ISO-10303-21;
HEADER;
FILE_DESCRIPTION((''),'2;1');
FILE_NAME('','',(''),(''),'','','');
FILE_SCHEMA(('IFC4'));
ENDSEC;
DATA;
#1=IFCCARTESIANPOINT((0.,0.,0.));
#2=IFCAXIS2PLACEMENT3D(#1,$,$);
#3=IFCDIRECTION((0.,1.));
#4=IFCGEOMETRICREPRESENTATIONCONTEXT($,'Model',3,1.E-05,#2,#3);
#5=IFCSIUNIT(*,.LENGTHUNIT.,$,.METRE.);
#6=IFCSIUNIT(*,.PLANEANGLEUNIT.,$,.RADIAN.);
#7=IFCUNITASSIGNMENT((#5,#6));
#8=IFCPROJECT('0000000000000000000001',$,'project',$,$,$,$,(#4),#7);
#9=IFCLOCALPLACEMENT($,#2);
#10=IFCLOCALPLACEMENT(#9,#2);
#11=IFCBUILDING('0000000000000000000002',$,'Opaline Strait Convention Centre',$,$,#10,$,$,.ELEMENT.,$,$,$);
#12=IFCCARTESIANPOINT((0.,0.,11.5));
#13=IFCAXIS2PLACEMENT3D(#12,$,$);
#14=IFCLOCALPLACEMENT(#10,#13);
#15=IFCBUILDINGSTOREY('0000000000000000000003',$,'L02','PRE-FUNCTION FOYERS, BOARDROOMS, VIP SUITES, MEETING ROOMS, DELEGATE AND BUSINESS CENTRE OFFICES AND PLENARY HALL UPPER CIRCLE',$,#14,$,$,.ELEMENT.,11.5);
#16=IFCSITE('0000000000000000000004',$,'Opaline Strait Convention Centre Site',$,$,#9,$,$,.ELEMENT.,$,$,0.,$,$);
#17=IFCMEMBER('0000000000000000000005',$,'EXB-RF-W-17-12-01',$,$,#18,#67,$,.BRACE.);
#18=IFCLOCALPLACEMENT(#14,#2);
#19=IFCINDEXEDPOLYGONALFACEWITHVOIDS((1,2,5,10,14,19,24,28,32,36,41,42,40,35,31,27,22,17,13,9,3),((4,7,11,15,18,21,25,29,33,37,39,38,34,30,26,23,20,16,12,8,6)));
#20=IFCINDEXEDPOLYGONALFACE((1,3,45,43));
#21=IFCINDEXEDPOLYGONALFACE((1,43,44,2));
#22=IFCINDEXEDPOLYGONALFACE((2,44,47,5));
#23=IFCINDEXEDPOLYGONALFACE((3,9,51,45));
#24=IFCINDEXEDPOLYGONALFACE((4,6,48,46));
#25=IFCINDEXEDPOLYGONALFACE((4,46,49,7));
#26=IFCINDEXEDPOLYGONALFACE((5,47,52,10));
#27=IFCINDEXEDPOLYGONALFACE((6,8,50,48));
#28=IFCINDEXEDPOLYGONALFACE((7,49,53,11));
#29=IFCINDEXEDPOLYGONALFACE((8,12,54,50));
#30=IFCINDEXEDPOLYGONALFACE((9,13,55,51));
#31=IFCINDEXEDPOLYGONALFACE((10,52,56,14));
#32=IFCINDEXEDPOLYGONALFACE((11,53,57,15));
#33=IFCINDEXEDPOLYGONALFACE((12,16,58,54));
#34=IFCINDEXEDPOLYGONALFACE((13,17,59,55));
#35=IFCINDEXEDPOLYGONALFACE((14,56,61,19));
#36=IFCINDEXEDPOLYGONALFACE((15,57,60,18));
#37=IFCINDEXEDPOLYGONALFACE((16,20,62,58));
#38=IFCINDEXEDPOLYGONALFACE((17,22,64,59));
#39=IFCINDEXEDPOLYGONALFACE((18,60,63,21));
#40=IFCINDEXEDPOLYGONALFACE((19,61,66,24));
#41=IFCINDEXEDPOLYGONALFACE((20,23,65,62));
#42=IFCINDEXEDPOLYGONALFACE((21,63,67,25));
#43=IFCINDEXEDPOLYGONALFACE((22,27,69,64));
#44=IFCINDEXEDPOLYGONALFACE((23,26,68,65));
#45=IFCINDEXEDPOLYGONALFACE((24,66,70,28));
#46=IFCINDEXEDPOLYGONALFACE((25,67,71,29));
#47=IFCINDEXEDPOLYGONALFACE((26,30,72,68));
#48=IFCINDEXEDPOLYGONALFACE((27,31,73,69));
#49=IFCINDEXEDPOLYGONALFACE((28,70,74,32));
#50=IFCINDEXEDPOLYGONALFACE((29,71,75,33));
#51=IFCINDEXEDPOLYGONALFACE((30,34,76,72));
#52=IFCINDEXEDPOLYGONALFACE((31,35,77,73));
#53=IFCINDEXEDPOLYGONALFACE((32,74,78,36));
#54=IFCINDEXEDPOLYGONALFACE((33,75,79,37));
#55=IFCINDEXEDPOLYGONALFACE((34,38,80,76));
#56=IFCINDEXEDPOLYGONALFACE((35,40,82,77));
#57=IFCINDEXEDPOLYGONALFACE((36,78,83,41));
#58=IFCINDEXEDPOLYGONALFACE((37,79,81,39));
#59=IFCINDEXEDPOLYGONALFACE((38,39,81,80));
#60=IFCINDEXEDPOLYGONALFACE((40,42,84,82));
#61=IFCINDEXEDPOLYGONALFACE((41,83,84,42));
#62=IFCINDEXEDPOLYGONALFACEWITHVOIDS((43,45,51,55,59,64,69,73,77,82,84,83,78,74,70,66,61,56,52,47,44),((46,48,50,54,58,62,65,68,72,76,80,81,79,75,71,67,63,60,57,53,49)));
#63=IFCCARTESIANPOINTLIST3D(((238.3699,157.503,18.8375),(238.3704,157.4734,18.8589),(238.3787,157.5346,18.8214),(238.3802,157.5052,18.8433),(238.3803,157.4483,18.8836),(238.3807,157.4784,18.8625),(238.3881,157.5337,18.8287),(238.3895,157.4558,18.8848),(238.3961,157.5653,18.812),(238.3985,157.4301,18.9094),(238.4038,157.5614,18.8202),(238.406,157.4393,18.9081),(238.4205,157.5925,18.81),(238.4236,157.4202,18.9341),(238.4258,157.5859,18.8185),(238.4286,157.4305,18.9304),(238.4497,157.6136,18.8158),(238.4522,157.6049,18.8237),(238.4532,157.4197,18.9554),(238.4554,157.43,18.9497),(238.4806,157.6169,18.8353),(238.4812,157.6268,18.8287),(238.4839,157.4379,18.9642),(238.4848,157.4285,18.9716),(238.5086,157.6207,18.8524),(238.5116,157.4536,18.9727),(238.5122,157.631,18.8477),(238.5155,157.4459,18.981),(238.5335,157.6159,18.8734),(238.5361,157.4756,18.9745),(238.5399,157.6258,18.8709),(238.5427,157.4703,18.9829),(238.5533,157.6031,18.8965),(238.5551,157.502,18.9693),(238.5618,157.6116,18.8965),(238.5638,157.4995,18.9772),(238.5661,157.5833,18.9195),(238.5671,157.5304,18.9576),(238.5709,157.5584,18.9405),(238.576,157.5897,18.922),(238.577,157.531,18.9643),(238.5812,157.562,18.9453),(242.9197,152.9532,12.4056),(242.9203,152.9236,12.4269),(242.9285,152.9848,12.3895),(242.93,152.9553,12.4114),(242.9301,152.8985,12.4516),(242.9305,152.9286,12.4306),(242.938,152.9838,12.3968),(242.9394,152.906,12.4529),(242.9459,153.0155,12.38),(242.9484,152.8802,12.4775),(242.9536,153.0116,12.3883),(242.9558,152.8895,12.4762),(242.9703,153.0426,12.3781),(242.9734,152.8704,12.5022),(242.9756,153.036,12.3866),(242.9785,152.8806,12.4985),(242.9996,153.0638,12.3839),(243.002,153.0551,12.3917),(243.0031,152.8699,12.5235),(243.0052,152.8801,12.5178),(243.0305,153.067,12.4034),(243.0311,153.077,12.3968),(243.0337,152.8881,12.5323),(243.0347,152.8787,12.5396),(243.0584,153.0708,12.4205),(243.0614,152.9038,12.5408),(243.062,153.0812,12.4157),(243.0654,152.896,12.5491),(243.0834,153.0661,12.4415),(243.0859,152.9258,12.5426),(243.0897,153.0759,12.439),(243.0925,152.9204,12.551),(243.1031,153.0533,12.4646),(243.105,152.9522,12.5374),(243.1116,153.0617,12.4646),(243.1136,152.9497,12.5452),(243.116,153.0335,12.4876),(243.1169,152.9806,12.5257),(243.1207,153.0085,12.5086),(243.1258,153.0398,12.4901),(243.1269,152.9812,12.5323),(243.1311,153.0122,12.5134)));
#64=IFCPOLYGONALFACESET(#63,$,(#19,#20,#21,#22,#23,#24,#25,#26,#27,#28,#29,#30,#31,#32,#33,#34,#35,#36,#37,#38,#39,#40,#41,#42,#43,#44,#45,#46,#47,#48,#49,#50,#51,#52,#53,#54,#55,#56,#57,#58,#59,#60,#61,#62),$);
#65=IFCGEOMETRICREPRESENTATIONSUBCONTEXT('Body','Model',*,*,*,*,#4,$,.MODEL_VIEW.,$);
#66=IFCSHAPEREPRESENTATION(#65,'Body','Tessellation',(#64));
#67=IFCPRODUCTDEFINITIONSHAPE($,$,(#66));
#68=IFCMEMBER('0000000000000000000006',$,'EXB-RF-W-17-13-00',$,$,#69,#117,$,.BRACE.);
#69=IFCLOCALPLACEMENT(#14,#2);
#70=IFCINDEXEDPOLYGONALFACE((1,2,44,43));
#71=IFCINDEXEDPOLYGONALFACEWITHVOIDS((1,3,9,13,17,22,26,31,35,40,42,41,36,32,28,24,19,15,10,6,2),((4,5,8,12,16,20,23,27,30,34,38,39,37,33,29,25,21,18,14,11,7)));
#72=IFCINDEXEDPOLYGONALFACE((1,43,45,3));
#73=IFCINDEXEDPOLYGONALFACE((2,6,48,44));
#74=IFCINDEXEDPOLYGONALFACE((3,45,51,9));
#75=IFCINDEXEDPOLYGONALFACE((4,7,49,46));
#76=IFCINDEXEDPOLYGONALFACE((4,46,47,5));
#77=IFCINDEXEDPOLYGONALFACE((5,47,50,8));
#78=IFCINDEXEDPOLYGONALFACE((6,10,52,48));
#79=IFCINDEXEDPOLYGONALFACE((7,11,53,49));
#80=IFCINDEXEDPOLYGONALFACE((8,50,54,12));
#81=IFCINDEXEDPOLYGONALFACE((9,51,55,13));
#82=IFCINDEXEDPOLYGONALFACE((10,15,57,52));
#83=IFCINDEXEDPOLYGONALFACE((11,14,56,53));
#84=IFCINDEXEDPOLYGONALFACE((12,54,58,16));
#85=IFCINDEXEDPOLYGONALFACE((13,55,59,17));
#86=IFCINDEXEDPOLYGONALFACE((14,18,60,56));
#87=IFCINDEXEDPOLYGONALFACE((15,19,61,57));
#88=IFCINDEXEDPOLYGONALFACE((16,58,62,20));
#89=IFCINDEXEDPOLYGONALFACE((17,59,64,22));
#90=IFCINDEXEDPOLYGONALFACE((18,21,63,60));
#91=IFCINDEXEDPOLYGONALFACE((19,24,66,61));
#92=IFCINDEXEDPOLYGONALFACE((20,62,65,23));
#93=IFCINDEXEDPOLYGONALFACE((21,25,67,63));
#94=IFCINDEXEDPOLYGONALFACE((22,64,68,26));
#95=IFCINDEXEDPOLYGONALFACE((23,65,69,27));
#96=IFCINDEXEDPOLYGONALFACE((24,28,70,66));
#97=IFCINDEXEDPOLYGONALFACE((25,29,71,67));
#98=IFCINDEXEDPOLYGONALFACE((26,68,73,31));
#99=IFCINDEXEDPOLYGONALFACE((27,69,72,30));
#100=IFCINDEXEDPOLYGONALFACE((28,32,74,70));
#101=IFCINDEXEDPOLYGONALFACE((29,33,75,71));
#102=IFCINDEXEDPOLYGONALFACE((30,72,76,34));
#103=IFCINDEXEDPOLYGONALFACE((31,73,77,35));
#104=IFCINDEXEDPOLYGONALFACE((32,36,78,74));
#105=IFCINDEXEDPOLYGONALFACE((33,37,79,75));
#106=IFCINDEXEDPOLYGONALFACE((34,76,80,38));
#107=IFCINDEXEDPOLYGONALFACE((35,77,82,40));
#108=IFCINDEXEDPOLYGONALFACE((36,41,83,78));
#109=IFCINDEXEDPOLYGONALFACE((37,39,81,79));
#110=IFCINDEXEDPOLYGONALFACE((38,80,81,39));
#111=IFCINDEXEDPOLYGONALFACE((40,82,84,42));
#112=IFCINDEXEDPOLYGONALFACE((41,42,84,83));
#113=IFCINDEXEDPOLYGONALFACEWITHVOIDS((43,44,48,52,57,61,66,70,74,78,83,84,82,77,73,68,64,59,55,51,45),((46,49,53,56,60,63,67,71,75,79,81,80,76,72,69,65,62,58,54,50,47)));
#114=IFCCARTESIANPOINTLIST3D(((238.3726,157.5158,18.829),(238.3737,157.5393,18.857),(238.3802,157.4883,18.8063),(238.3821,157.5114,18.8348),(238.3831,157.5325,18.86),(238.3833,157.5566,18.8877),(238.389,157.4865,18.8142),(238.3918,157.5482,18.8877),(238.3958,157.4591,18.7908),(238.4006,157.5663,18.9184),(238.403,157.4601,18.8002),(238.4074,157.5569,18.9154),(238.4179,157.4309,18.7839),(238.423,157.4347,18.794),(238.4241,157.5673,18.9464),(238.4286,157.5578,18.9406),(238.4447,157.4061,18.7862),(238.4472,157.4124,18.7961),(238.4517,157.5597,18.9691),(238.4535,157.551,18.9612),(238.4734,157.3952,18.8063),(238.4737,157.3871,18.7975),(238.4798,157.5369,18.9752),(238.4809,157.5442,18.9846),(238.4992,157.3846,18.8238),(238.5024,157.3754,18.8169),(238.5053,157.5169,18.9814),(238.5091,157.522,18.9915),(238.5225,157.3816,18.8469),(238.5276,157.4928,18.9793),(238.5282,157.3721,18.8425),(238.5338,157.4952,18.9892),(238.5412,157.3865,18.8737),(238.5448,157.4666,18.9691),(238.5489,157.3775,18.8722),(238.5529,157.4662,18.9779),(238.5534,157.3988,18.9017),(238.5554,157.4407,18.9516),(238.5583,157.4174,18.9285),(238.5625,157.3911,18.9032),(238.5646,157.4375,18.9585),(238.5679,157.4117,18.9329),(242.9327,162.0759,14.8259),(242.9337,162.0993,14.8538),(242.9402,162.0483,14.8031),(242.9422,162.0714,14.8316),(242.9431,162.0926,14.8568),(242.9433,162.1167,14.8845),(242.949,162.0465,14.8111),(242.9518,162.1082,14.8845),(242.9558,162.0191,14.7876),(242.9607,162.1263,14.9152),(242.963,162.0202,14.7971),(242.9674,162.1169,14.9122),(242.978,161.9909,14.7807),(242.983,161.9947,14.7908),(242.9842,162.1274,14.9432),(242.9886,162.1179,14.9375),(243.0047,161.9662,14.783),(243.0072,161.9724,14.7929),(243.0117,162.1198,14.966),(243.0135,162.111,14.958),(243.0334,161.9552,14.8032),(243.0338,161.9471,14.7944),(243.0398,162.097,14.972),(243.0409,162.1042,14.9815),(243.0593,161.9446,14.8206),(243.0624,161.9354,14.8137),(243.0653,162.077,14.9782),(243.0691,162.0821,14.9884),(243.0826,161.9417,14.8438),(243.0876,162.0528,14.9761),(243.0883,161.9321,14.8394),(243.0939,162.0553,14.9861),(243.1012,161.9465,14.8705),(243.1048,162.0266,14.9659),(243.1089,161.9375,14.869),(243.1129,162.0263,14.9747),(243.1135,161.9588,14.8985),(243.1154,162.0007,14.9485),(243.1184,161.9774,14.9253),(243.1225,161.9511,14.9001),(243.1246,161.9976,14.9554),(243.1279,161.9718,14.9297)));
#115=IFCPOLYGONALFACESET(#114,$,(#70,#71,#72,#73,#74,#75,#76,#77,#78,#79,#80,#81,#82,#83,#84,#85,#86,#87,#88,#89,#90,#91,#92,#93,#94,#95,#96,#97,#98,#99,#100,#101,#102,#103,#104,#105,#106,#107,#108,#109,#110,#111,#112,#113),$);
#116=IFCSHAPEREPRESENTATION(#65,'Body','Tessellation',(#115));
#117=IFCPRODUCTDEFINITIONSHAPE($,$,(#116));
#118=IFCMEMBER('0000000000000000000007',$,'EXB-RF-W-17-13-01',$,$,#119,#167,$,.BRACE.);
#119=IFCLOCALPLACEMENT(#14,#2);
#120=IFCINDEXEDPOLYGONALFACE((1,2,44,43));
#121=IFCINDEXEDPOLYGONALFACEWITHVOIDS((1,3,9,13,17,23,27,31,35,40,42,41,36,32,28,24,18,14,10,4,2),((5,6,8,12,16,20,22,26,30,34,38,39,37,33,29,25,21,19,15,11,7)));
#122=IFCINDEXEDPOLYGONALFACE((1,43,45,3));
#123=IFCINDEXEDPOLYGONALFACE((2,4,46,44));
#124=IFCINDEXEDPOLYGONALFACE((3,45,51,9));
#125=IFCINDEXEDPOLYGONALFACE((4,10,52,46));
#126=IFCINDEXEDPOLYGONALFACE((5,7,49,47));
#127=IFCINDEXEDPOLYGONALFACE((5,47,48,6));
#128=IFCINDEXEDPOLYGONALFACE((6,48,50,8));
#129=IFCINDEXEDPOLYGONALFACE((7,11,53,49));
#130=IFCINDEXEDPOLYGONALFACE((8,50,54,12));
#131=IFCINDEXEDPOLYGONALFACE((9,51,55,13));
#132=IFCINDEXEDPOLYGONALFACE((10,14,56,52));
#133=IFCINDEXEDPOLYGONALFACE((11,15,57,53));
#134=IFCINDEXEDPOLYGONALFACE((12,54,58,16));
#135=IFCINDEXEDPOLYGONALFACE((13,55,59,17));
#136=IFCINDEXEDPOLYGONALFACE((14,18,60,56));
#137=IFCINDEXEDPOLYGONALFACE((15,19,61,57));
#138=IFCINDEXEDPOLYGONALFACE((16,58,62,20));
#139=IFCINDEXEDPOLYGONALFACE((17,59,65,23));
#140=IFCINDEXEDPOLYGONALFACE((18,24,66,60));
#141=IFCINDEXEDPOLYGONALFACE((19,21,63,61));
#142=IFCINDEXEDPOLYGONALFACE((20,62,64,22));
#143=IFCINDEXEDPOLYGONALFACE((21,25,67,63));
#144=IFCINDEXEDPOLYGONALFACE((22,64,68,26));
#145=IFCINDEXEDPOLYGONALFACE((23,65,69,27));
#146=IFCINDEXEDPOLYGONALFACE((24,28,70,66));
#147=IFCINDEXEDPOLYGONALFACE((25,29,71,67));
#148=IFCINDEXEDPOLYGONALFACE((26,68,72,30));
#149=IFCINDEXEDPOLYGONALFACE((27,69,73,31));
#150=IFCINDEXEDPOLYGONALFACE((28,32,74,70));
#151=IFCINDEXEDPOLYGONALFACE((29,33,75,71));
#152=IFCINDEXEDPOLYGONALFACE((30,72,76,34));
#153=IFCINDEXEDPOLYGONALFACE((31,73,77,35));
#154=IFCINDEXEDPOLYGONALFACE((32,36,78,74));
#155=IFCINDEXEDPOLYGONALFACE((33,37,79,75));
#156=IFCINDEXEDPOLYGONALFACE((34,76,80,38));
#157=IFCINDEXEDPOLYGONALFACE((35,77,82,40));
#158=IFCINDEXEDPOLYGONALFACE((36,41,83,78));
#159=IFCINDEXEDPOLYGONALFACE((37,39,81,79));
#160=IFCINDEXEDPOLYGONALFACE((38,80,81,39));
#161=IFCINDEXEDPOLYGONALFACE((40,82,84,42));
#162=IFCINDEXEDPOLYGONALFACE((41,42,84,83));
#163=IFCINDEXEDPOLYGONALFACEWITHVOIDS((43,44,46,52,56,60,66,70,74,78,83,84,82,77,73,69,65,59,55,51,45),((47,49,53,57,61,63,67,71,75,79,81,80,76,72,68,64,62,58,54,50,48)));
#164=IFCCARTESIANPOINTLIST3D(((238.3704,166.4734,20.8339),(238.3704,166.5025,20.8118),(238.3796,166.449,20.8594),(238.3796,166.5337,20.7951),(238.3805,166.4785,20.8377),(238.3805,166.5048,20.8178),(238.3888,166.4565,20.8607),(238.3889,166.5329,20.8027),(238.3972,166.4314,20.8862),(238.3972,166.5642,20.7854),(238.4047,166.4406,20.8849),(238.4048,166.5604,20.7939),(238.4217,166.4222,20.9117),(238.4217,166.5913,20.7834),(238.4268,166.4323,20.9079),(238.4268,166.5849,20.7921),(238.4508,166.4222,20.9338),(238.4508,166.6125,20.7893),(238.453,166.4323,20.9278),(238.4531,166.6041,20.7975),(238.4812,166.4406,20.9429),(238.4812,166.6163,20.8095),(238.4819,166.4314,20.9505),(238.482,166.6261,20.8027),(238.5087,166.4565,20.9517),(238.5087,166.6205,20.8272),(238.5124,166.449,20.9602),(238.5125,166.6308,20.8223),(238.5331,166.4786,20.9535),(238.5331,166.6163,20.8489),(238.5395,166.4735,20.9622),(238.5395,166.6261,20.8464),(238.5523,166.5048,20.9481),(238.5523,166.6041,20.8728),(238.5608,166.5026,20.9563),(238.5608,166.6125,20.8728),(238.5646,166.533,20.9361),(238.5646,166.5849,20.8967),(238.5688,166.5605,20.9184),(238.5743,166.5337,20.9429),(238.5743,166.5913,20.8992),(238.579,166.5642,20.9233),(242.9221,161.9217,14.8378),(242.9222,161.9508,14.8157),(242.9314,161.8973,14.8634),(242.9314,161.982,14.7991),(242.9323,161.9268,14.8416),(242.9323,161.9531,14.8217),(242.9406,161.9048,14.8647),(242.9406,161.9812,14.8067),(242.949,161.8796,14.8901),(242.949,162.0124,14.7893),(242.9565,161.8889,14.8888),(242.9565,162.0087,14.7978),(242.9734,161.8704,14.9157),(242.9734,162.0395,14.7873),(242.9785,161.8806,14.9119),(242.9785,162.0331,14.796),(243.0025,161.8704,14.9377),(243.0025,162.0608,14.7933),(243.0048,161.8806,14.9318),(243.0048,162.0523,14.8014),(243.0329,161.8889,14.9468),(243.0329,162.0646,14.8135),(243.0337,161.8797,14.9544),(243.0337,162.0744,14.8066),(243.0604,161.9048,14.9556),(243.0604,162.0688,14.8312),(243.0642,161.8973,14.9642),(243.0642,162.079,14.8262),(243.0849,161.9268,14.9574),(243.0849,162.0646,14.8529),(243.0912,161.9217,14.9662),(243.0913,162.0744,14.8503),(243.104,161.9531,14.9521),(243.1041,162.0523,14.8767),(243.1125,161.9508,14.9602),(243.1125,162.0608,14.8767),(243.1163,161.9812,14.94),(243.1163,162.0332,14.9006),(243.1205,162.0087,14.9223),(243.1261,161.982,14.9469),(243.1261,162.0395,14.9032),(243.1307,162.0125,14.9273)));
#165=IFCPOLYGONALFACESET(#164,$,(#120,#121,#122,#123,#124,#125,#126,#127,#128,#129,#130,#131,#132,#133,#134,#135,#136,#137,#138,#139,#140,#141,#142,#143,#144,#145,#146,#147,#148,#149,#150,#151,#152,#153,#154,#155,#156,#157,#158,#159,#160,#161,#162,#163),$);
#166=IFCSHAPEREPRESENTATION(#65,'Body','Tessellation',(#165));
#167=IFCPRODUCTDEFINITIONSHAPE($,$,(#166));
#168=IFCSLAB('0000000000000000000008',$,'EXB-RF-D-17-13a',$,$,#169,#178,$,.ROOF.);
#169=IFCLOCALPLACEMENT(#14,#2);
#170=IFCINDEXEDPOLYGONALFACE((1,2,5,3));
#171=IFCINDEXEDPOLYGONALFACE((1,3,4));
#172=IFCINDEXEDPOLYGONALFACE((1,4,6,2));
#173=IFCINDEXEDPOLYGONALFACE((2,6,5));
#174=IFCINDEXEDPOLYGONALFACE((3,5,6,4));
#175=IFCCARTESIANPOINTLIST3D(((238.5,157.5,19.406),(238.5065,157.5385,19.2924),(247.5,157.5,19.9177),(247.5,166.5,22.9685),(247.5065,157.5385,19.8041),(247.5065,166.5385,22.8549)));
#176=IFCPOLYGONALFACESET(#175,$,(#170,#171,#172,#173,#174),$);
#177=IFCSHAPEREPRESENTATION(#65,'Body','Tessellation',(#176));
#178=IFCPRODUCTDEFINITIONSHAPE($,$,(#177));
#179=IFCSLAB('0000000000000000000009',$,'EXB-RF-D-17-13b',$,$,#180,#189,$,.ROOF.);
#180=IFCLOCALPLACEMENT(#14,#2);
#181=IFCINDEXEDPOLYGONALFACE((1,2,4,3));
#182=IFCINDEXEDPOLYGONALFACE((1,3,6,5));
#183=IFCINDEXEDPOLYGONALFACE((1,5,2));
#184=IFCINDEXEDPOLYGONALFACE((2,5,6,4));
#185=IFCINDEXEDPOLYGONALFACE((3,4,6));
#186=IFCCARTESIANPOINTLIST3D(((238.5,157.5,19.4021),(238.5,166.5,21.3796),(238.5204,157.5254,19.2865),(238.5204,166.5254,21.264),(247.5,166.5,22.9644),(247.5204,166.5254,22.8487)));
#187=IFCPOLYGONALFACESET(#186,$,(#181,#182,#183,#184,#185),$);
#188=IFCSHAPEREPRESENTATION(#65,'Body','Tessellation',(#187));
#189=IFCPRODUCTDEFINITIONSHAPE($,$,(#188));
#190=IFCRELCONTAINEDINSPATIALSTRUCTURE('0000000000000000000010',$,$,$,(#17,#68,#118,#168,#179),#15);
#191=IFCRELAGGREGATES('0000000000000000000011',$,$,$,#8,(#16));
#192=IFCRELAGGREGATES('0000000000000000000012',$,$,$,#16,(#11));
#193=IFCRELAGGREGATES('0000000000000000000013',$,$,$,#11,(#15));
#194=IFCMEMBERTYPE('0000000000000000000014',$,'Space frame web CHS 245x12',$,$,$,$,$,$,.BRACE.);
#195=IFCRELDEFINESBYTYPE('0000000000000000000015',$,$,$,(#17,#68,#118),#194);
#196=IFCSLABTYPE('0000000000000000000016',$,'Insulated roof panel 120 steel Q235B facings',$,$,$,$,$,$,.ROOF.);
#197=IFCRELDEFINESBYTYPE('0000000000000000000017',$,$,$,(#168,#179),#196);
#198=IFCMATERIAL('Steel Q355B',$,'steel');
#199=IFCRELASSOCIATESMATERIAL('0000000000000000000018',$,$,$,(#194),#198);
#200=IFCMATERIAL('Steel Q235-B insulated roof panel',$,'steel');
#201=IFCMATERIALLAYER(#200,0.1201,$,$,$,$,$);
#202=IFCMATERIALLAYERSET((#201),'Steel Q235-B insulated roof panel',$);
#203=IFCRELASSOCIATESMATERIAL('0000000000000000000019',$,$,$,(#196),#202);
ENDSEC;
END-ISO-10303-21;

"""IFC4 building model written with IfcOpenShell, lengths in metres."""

from ifc_helpers import new_model, si_unit, direction, frame, origin, origin_2d, place, context, subcontext, project, spatial, polyline, hollow_circle, outline, extrude, material, layer, layer_set, material_profile, profile_set, type_object, element, save


model = new_model("IFC4")

# Units and contexts
model_context = context("Model", 3, precision=1e-05, world=origin(), true_north=direction((0.0, 1.0)))
body_context = subcontext(model_context, "Body", "Model", "MODEL_VIEW")
ifc_project = project(units=[si_unit("LENGTHUNIT", "METRE"), si_unit("PLANEANGLEUNIT", "RADIAN")], contexts=[model_context])

# Site, building, storey
site_placement = place(None, origin())
site = spatial("IfcSite", under=ifc_project, at=site_placement, Name="Opaline Strait Convention Centre Site", CompositionType="ELEMENT", RefElevation=0.0)
building_placement = place(site_placement, origin())
building = spatial("IfcBuilding", under=site, at=building_placement, Name="Opaline Strait Convention Centre", CompositionType="ELEMENT")
storey_placement = place(building_placement, frame((0.0, 0.0, 11.5)))
storey = spatial("IfcBuildingStorey", under=building, at=storey_placement, Name="L02", Description="PRE-FUNCTION FOYERS, BOARDROOMS, VIP SUITES, MEETING ROOMS, DELEGATE AND BUSINESS CENTRE OFFICES AND PLENARY HALL UPPER CIRCLE", CompositionType="ELEMENT", Elevation=11.5)

# Members
ifc_material_1 = material(Name="Steel Q355B", Category="steel")
ifc_material_profile_1 = material_profile(ifc_material_1, hollow_circle(Radius=0.1226, WallThickness=0.012, at=origin_2d()), Name="CHS 245x12")
ifc_profile_set_1 = profile_set([ifc_material_profile_1], Name="Steel Q355B")
member_type_1 = type_object("IfcMemberType", Name="Space frame web CHS 245x12", PredefinedType="BRACE", material=ifc_profile_set_1)
member_1_placement = place(storey_placement, frame((238.4751, 157.5249, 18.8965), z_axis=(0.500098, -0.500098, -0.706969), x_axis=(0.707107, 0.707107, 0.0)))
element("IfcMember", 1, at=member_1_placement, inside=storey, type_object=member_type_1, Name="EXB-RF-W-17-12-01", PredefinedType="BRACE", context=body_context, shape_type="SweptSolid", body=[
    extrude(hollow_circle(Radius=0.1226, WallThickness=0.012, at=origin_2d()), origin(), (0.0, 0.0, 1.0), 9.0979),
])
member_2_placement = place(storey_placement, frame((238.47, 157.47, 18.8877), z_axis=(0.600769, 0.600769, -0.527402), x_axis=(-0.707107, 0.707107, 0.0)))
element("IfcMember", 2, at=member_2_placement, inside=storey, type_object=member_type_1, Name="EXB-RF-W-17-13-00", PredefinedType="BRACE", context=body_context, shape_type="SweptSolid", body=[
    extrude(hollow_circle(Radius=0.1226, WallThickness=0.012, at=origin_2d()), origin(), (0.0, 0.0, 1.0), 7.5903),
])
member_3_placement = place(storey_placement, frame((238.4741, 166.5259, 20.8728), z_axis=(0.517412, -0.517412, -0.681594), x_axis=(0.707107, 0.707107, 0.0)))
element("IfcMember", 3, at=member_3_placement, inside=storey, type_object=member_type_1, Name="EXB-RF-W-17-13-01", PredefinedType="BRACE", context=body_context, shape_type="SweptSolid", body=[
    extrude(hollow_circle(Radius=0.1226, WallThickness=0.012, at=origin_2d()), origin(), (0.0, 0.0, 1.0), 8.7971),
])

# Slabs
ifc_material_2 = material(Name="Steel Q235-B insulated roof panel", Category="steel")
ifc_layer_1 = layer(ifc_material_2, 0.1201)
ifc_layer_set_1 = layer_set([ifc_layer_1], Name="Steel Q235-B insulated roof panel")
slab_type = type_object("IfcSlabType", Name="Insulated roof panel 120 steel Q235B facings", PredefinedType="ROOF", material=ifc_layer_set_1)
slab_1_placement = place(storey_placement, frame((238.5, 157.5, 19.406), z_axis=(-0.05377, -0.320569, 0.945698), x_axis=(0.998388, 0.0, 0.056766)))
element("IfcSlab", 4, at=slab_1_placement, inside=storey, type_object=slab_type, Name="EXB-RF-D-17-13a", PredefinedType="ROOF", context=body_context, shape_type="SweptSolid", body=[
    extrude(outline(polyline([(0.0, 0.0), (9.0145, 0.0), (9.1877, 9.5014), (0.0, 0.0)])), origin(), (0.0, 0.0, -1.0), 0.1201),
])
slab_2_placement = place(storey_placement, frame((238.5, 157.5, 19.4021), z_axis=(-0.169489, -0.211502, 0.96257), x_axis=(0.68094, 0.68094, 0.26952)))
element("IfcSlab", 5, at=slab_2_placement, inside=storey, type_object=slab_type, Name="EXB-RF-D-17-13b", PredefinedType="ROOF", context=body_context, shape_type="SweptSolid", body=[
    extrude(outline(polyline([(0.0, 0.0), (13.217, 0.0), (6.6614, 6.3668), (0.0, 0.0)])), origin(), (0.0, 0.0, -1.0), 0.1201),
])

save(model, "model.ifc")
